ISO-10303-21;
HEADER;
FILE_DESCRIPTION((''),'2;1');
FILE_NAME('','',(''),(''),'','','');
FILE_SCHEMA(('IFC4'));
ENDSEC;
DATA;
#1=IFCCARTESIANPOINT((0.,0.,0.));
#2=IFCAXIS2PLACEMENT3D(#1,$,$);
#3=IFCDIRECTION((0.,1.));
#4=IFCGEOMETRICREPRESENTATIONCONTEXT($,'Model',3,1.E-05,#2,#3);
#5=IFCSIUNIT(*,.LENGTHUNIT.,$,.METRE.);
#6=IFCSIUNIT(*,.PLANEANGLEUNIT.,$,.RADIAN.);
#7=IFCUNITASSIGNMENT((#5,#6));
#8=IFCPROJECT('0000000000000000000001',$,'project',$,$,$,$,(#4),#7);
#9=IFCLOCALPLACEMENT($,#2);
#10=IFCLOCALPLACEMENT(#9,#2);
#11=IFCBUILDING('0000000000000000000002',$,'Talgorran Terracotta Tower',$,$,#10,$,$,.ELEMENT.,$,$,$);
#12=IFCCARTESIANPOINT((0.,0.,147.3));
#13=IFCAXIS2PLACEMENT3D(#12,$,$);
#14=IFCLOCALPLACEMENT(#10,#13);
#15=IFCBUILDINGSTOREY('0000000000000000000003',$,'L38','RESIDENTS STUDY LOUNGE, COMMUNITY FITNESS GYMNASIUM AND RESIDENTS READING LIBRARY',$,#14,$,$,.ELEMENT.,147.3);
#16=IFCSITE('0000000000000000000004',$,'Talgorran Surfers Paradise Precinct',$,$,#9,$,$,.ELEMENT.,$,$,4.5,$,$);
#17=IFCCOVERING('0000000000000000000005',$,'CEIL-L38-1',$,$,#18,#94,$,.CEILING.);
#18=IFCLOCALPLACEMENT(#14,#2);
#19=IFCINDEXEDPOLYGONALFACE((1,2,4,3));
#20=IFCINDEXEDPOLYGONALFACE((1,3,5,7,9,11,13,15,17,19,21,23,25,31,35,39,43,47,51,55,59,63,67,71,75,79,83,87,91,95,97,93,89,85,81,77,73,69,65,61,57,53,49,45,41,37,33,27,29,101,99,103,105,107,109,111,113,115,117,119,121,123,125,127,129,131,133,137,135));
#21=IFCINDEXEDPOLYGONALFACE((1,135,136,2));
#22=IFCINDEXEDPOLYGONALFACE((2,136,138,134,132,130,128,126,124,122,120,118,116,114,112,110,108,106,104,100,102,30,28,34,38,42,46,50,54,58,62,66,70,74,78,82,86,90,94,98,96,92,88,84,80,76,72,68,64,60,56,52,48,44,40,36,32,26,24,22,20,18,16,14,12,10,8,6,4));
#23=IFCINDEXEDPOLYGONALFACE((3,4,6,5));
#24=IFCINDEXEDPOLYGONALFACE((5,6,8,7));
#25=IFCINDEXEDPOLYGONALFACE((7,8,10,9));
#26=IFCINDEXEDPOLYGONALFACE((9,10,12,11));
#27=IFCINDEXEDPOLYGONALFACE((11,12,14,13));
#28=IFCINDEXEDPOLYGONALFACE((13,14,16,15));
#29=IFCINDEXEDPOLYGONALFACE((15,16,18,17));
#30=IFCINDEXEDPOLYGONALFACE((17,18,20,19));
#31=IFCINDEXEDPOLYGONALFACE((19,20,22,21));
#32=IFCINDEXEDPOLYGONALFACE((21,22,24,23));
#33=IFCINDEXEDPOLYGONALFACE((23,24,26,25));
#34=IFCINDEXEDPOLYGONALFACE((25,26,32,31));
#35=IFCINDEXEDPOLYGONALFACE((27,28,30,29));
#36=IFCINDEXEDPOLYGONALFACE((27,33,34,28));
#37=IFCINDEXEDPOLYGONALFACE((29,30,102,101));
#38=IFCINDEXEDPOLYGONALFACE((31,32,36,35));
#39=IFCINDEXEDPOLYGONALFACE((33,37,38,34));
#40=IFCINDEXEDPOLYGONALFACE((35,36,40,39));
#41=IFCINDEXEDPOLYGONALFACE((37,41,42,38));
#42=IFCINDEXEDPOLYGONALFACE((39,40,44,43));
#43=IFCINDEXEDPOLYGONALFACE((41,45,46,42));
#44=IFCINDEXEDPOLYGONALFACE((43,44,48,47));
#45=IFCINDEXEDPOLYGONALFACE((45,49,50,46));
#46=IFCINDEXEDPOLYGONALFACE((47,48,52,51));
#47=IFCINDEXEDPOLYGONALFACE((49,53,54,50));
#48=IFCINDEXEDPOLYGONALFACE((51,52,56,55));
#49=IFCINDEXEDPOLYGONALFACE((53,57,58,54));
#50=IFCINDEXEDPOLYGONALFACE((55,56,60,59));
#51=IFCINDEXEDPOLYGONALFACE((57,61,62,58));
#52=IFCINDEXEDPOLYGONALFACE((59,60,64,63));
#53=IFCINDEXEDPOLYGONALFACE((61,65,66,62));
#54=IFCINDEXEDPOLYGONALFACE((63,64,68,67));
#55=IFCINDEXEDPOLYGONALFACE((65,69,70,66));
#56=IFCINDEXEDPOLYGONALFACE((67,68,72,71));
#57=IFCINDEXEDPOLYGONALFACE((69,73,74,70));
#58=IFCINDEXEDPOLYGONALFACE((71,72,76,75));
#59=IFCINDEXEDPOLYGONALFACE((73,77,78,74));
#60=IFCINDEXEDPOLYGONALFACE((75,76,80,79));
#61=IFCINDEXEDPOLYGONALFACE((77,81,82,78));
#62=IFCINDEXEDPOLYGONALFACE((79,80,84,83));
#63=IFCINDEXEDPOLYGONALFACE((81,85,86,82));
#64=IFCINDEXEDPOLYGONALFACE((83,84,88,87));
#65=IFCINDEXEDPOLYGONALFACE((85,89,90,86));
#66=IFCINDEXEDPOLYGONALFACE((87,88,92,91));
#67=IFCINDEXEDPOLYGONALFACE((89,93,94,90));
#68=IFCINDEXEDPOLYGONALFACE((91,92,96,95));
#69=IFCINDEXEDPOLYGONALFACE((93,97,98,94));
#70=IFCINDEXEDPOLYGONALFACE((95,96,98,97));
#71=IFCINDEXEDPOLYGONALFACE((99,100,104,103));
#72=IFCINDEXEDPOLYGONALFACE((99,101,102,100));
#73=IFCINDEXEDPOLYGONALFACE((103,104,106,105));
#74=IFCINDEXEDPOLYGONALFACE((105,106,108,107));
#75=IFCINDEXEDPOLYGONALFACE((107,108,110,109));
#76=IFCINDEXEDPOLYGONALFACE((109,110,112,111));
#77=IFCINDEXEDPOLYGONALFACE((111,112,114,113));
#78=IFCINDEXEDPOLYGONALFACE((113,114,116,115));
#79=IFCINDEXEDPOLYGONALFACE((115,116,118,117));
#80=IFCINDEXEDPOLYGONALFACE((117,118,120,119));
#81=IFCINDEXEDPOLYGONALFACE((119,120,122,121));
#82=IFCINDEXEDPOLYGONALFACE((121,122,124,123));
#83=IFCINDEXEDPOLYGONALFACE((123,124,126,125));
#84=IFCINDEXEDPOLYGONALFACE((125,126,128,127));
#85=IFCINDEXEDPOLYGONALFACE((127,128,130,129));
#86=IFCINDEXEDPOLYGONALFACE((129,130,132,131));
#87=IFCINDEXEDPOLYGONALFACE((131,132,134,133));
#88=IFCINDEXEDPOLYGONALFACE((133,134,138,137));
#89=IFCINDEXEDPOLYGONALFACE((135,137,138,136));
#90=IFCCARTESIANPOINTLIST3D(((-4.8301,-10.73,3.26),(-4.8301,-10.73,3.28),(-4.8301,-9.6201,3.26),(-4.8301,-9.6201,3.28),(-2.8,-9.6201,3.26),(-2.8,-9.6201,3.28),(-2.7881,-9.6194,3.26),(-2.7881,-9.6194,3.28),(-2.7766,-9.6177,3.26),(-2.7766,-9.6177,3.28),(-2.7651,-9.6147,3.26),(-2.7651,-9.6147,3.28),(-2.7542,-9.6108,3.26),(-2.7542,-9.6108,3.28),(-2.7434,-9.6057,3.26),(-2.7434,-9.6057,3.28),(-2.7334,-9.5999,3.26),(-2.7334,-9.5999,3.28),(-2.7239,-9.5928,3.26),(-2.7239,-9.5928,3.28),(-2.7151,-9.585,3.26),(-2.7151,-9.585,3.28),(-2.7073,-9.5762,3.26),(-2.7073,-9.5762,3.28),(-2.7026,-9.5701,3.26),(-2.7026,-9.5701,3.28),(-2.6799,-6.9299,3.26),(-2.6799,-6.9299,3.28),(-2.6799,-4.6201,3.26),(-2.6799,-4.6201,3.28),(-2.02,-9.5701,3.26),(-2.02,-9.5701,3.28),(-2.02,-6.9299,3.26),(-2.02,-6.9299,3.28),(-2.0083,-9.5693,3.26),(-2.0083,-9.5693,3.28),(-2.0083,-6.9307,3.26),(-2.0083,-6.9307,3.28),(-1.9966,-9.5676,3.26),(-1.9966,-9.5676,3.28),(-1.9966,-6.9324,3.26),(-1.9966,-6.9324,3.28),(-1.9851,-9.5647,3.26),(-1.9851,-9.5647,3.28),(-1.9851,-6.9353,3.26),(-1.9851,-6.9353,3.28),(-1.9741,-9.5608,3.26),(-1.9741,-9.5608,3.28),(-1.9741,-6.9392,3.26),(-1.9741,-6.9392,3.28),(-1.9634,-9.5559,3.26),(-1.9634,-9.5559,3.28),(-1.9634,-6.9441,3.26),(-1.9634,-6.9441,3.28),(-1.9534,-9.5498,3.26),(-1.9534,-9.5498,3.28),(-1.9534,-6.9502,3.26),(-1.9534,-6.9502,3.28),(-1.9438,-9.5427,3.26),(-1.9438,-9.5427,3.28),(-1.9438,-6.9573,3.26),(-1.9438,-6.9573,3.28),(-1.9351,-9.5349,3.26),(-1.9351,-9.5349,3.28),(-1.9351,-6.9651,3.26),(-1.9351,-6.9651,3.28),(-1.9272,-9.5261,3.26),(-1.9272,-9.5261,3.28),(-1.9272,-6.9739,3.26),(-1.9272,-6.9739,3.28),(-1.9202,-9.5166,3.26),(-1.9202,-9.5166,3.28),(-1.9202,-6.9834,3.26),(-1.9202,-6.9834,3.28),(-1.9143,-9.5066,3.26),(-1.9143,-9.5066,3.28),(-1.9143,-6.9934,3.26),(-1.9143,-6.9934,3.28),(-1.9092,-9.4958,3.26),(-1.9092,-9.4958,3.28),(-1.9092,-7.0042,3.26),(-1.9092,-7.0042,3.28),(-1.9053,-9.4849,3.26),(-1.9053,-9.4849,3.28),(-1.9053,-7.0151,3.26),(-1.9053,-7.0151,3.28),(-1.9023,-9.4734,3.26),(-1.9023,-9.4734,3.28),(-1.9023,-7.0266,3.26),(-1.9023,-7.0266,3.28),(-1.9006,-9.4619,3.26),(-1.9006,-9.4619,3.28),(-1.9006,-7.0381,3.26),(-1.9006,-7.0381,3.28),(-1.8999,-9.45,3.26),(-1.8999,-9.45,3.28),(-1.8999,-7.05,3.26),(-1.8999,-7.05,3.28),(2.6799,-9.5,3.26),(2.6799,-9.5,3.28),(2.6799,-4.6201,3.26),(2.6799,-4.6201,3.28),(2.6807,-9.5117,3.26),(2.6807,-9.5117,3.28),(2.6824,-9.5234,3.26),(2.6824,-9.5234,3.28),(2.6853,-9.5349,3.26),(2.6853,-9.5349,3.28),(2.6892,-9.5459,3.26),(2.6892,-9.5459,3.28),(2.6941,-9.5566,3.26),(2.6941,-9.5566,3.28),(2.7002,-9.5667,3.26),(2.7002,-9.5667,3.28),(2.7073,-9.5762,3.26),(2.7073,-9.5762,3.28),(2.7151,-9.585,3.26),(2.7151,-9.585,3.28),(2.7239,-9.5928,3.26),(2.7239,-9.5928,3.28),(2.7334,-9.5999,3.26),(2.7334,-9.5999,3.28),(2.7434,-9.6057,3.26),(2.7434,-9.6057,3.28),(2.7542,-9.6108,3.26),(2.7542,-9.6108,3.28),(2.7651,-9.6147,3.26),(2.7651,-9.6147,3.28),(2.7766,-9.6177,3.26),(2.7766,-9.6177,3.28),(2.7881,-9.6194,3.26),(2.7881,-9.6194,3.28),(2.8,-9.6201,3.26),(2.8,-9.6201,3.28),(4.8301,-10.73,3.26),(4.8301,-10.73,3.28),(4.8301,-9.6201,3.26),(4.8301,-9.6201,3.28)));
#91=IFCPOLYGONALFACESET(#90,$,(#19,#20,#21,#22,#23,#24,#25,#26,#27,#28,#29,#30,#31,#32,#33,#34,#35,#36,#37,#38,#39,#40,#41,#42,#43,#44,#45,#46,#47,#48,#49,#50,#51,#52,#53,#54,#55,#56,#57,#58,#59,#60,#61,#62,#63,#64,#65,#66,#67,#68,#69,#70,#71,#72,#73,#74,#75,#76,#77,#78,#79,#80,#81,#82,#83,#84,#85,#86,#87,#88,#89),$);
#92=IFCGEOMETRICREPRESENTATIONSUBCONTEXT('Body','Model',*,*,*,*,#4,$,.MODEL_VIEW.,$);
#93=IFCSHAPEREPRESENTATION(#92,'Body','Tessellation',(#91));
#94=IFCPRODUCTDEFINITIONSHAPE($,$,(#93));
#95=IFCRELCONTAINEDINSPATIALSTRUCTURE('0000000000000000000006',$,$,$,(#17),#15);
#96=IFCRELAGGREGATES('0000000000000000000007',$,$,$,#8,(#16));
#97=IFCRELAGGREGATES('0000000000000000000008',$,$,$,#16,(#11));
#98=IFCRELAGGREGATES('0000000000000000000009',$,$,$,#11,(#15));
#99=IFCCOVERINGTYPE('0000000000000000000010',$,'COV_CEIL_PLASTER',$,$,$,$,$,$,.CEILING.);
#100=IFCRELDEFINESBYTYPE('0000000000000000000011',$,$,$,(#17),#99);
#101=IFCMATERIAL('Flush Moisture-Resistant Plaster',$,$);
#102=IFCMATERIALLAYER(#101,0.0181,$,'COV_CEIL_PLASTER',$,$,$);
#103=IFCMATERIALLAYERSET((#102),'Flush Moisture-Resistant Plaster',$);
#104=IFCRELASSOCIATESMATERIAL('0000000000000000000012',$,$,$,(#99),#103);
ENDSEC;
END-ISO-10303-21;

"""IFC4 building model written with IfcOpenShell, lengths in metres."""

from ifc_helpers import new_model, si_unit, direction, frame, origin, place, context, subcontext, project, spatial, polyline, outline, extrude, material, layer, layer_set, type_object, element, save


model = new_model("IFC4")

# Units and contexts
model_context = context("Model", 3, precision=1e-05, world=origin(), true_north=direction((0.0, 1.0)))
body_context = subcontext(model_context, "Body", "Model", "MODEL_VIEW")
ifc_project = project(units=[si_unit("LENGTHUNIT", "METRE"), si_unit("PLANEANGLEUNIT", "RADIAN")], contexts=[model_context])

# Site, building, storey
site_placement = place(None, origin())
site = spatial("IfcSite", under=ifc_project, at=site_placement, Name="Talgorran Surfers Paradise Precinct", CompositionType="ELEMENT", RefElevation=4.5)
building_placement = place(site_placement, origin())
building = spatial("IfcBuilding", under=site, at=building_placement, Name="Talgorran Terracotta Tower", CompositionType="ELEMENT")
storey_placement = place(building_placement, frame((0.0, 0.0, 147.3)))
storey = spatial("IfcBuildingStorey", under=building, at=storey_placement, Name="L38", Description="RESIDENTS STUDY LOUNGE, COMMUNITY FITNESS GYMNASIUM AND RESIDENTS READING LIBRARY", CompositionType="ELEMENT", Elevation=147.3)

# Covering
ifc_material_1 = material(Name="Flush Moisture-Resistant Plaster")
ifc_layer_1 = layer(ifc_material_1, 0.0181, Name="COV_CEIL_PLASTER")
ifc_layer_set_1 = layer_set([ifc_layer_1], Name="Flush Moisture-Resistant Plaster")
covering_type_1 = type_object("IfcCoveringType", Name="COV_CEIL_PLASTER", PredefinedType="CEILING", material=ifc_layer_set_1)
covering_1_placement = place(storey_placement, frame((0.0, 0.0, 3.26)))
element("IfcCovering", 1, at=covering_1_placement, inside=storey, type_object=covering_type_1, Name="CEIL-L38-1", PredefinedType="CEILING", context=body_context, shape_type="SweptSolid", body=[
    extrude(outline(polyline([(-2.7026, -9.5701), (-2.02, -9.5701), (-2.0083, -9.5693), (-1.9966, -9.5676), (-1.9851, -9.5647), (-1.9741, -9.5608), (-1.9634, -9.5559), (-1.9534, -9.5498), (-1.9438, -9.5427), (-1.9351, -9.5349), (-1.9272, -9.5261), (-1.9202, -9.5166), (-1.9143, -9.5066), (-1.9092, -9.4958), (-1.9053, -9.4849), (-1.9023, -9.4734), (-1.9006, -9.4619), (-1.8999, -9.45), (-1.8999, -7.05), (-1.9006, -7.0381), (-1.9023, -7.0266), (-1.9053, -7.0151), (-1.9092, -7.0042), (-1.9143, -6.9934), (-1.9202, -6.9834), (-1.9272, -6.9739), (-1.9351, -6.9651), (-1.9438, -6.9573), (-1.9534, -6.9502), (-1.9634, -6.9441), (-1.9741, -6.9392), (-1.9851, -6.9353), (-1.9966, -6.9324), (-2.0083, -6.9307), (-2.02, -6.9299), (-2.6799, -6.9299), (-2.6799, -4.6201), (2.6799, -4.6201), (2.6799, -9.5), (2.6807, -9.5117), (2.6824, -9.5234), (2.6853, -9.5349), (2.6892, -9.5459), (2.6941, -9.5566), (2.7002, -9.5667), (2.7073, -9.5762), (2.7151, -9.585), (2.7239, -9.5928), (2.7334, -9.5999), (2.7434, -9.6057), (2.7542, -9.6108), (2.7651, -9.6147), (2.7766, -9.6177), (2.7881, -9.6194), (2.8, -9.6201), (4.8301, -9.6201), (4.8301, -10.73), (-4.8301, -10.73), (-4.8301, -9.6201), (-2.8, -9.6201), (-2.7881, -9.6194), (-2.7766, -9.6177), (-2.7651, -9.6147), (-2.7542, -9.6108), (-2.7434, -9.6057), (-2.7334, -9.5999), (-2.7239, -9.5928), (-2.7151, -9.585), (-2.7073, -9.5762), (-2.7026, -9.5701)])), origin(), (0.0, 0.0, 1.0), 0.02),
])

save(model, "model.ifc")
